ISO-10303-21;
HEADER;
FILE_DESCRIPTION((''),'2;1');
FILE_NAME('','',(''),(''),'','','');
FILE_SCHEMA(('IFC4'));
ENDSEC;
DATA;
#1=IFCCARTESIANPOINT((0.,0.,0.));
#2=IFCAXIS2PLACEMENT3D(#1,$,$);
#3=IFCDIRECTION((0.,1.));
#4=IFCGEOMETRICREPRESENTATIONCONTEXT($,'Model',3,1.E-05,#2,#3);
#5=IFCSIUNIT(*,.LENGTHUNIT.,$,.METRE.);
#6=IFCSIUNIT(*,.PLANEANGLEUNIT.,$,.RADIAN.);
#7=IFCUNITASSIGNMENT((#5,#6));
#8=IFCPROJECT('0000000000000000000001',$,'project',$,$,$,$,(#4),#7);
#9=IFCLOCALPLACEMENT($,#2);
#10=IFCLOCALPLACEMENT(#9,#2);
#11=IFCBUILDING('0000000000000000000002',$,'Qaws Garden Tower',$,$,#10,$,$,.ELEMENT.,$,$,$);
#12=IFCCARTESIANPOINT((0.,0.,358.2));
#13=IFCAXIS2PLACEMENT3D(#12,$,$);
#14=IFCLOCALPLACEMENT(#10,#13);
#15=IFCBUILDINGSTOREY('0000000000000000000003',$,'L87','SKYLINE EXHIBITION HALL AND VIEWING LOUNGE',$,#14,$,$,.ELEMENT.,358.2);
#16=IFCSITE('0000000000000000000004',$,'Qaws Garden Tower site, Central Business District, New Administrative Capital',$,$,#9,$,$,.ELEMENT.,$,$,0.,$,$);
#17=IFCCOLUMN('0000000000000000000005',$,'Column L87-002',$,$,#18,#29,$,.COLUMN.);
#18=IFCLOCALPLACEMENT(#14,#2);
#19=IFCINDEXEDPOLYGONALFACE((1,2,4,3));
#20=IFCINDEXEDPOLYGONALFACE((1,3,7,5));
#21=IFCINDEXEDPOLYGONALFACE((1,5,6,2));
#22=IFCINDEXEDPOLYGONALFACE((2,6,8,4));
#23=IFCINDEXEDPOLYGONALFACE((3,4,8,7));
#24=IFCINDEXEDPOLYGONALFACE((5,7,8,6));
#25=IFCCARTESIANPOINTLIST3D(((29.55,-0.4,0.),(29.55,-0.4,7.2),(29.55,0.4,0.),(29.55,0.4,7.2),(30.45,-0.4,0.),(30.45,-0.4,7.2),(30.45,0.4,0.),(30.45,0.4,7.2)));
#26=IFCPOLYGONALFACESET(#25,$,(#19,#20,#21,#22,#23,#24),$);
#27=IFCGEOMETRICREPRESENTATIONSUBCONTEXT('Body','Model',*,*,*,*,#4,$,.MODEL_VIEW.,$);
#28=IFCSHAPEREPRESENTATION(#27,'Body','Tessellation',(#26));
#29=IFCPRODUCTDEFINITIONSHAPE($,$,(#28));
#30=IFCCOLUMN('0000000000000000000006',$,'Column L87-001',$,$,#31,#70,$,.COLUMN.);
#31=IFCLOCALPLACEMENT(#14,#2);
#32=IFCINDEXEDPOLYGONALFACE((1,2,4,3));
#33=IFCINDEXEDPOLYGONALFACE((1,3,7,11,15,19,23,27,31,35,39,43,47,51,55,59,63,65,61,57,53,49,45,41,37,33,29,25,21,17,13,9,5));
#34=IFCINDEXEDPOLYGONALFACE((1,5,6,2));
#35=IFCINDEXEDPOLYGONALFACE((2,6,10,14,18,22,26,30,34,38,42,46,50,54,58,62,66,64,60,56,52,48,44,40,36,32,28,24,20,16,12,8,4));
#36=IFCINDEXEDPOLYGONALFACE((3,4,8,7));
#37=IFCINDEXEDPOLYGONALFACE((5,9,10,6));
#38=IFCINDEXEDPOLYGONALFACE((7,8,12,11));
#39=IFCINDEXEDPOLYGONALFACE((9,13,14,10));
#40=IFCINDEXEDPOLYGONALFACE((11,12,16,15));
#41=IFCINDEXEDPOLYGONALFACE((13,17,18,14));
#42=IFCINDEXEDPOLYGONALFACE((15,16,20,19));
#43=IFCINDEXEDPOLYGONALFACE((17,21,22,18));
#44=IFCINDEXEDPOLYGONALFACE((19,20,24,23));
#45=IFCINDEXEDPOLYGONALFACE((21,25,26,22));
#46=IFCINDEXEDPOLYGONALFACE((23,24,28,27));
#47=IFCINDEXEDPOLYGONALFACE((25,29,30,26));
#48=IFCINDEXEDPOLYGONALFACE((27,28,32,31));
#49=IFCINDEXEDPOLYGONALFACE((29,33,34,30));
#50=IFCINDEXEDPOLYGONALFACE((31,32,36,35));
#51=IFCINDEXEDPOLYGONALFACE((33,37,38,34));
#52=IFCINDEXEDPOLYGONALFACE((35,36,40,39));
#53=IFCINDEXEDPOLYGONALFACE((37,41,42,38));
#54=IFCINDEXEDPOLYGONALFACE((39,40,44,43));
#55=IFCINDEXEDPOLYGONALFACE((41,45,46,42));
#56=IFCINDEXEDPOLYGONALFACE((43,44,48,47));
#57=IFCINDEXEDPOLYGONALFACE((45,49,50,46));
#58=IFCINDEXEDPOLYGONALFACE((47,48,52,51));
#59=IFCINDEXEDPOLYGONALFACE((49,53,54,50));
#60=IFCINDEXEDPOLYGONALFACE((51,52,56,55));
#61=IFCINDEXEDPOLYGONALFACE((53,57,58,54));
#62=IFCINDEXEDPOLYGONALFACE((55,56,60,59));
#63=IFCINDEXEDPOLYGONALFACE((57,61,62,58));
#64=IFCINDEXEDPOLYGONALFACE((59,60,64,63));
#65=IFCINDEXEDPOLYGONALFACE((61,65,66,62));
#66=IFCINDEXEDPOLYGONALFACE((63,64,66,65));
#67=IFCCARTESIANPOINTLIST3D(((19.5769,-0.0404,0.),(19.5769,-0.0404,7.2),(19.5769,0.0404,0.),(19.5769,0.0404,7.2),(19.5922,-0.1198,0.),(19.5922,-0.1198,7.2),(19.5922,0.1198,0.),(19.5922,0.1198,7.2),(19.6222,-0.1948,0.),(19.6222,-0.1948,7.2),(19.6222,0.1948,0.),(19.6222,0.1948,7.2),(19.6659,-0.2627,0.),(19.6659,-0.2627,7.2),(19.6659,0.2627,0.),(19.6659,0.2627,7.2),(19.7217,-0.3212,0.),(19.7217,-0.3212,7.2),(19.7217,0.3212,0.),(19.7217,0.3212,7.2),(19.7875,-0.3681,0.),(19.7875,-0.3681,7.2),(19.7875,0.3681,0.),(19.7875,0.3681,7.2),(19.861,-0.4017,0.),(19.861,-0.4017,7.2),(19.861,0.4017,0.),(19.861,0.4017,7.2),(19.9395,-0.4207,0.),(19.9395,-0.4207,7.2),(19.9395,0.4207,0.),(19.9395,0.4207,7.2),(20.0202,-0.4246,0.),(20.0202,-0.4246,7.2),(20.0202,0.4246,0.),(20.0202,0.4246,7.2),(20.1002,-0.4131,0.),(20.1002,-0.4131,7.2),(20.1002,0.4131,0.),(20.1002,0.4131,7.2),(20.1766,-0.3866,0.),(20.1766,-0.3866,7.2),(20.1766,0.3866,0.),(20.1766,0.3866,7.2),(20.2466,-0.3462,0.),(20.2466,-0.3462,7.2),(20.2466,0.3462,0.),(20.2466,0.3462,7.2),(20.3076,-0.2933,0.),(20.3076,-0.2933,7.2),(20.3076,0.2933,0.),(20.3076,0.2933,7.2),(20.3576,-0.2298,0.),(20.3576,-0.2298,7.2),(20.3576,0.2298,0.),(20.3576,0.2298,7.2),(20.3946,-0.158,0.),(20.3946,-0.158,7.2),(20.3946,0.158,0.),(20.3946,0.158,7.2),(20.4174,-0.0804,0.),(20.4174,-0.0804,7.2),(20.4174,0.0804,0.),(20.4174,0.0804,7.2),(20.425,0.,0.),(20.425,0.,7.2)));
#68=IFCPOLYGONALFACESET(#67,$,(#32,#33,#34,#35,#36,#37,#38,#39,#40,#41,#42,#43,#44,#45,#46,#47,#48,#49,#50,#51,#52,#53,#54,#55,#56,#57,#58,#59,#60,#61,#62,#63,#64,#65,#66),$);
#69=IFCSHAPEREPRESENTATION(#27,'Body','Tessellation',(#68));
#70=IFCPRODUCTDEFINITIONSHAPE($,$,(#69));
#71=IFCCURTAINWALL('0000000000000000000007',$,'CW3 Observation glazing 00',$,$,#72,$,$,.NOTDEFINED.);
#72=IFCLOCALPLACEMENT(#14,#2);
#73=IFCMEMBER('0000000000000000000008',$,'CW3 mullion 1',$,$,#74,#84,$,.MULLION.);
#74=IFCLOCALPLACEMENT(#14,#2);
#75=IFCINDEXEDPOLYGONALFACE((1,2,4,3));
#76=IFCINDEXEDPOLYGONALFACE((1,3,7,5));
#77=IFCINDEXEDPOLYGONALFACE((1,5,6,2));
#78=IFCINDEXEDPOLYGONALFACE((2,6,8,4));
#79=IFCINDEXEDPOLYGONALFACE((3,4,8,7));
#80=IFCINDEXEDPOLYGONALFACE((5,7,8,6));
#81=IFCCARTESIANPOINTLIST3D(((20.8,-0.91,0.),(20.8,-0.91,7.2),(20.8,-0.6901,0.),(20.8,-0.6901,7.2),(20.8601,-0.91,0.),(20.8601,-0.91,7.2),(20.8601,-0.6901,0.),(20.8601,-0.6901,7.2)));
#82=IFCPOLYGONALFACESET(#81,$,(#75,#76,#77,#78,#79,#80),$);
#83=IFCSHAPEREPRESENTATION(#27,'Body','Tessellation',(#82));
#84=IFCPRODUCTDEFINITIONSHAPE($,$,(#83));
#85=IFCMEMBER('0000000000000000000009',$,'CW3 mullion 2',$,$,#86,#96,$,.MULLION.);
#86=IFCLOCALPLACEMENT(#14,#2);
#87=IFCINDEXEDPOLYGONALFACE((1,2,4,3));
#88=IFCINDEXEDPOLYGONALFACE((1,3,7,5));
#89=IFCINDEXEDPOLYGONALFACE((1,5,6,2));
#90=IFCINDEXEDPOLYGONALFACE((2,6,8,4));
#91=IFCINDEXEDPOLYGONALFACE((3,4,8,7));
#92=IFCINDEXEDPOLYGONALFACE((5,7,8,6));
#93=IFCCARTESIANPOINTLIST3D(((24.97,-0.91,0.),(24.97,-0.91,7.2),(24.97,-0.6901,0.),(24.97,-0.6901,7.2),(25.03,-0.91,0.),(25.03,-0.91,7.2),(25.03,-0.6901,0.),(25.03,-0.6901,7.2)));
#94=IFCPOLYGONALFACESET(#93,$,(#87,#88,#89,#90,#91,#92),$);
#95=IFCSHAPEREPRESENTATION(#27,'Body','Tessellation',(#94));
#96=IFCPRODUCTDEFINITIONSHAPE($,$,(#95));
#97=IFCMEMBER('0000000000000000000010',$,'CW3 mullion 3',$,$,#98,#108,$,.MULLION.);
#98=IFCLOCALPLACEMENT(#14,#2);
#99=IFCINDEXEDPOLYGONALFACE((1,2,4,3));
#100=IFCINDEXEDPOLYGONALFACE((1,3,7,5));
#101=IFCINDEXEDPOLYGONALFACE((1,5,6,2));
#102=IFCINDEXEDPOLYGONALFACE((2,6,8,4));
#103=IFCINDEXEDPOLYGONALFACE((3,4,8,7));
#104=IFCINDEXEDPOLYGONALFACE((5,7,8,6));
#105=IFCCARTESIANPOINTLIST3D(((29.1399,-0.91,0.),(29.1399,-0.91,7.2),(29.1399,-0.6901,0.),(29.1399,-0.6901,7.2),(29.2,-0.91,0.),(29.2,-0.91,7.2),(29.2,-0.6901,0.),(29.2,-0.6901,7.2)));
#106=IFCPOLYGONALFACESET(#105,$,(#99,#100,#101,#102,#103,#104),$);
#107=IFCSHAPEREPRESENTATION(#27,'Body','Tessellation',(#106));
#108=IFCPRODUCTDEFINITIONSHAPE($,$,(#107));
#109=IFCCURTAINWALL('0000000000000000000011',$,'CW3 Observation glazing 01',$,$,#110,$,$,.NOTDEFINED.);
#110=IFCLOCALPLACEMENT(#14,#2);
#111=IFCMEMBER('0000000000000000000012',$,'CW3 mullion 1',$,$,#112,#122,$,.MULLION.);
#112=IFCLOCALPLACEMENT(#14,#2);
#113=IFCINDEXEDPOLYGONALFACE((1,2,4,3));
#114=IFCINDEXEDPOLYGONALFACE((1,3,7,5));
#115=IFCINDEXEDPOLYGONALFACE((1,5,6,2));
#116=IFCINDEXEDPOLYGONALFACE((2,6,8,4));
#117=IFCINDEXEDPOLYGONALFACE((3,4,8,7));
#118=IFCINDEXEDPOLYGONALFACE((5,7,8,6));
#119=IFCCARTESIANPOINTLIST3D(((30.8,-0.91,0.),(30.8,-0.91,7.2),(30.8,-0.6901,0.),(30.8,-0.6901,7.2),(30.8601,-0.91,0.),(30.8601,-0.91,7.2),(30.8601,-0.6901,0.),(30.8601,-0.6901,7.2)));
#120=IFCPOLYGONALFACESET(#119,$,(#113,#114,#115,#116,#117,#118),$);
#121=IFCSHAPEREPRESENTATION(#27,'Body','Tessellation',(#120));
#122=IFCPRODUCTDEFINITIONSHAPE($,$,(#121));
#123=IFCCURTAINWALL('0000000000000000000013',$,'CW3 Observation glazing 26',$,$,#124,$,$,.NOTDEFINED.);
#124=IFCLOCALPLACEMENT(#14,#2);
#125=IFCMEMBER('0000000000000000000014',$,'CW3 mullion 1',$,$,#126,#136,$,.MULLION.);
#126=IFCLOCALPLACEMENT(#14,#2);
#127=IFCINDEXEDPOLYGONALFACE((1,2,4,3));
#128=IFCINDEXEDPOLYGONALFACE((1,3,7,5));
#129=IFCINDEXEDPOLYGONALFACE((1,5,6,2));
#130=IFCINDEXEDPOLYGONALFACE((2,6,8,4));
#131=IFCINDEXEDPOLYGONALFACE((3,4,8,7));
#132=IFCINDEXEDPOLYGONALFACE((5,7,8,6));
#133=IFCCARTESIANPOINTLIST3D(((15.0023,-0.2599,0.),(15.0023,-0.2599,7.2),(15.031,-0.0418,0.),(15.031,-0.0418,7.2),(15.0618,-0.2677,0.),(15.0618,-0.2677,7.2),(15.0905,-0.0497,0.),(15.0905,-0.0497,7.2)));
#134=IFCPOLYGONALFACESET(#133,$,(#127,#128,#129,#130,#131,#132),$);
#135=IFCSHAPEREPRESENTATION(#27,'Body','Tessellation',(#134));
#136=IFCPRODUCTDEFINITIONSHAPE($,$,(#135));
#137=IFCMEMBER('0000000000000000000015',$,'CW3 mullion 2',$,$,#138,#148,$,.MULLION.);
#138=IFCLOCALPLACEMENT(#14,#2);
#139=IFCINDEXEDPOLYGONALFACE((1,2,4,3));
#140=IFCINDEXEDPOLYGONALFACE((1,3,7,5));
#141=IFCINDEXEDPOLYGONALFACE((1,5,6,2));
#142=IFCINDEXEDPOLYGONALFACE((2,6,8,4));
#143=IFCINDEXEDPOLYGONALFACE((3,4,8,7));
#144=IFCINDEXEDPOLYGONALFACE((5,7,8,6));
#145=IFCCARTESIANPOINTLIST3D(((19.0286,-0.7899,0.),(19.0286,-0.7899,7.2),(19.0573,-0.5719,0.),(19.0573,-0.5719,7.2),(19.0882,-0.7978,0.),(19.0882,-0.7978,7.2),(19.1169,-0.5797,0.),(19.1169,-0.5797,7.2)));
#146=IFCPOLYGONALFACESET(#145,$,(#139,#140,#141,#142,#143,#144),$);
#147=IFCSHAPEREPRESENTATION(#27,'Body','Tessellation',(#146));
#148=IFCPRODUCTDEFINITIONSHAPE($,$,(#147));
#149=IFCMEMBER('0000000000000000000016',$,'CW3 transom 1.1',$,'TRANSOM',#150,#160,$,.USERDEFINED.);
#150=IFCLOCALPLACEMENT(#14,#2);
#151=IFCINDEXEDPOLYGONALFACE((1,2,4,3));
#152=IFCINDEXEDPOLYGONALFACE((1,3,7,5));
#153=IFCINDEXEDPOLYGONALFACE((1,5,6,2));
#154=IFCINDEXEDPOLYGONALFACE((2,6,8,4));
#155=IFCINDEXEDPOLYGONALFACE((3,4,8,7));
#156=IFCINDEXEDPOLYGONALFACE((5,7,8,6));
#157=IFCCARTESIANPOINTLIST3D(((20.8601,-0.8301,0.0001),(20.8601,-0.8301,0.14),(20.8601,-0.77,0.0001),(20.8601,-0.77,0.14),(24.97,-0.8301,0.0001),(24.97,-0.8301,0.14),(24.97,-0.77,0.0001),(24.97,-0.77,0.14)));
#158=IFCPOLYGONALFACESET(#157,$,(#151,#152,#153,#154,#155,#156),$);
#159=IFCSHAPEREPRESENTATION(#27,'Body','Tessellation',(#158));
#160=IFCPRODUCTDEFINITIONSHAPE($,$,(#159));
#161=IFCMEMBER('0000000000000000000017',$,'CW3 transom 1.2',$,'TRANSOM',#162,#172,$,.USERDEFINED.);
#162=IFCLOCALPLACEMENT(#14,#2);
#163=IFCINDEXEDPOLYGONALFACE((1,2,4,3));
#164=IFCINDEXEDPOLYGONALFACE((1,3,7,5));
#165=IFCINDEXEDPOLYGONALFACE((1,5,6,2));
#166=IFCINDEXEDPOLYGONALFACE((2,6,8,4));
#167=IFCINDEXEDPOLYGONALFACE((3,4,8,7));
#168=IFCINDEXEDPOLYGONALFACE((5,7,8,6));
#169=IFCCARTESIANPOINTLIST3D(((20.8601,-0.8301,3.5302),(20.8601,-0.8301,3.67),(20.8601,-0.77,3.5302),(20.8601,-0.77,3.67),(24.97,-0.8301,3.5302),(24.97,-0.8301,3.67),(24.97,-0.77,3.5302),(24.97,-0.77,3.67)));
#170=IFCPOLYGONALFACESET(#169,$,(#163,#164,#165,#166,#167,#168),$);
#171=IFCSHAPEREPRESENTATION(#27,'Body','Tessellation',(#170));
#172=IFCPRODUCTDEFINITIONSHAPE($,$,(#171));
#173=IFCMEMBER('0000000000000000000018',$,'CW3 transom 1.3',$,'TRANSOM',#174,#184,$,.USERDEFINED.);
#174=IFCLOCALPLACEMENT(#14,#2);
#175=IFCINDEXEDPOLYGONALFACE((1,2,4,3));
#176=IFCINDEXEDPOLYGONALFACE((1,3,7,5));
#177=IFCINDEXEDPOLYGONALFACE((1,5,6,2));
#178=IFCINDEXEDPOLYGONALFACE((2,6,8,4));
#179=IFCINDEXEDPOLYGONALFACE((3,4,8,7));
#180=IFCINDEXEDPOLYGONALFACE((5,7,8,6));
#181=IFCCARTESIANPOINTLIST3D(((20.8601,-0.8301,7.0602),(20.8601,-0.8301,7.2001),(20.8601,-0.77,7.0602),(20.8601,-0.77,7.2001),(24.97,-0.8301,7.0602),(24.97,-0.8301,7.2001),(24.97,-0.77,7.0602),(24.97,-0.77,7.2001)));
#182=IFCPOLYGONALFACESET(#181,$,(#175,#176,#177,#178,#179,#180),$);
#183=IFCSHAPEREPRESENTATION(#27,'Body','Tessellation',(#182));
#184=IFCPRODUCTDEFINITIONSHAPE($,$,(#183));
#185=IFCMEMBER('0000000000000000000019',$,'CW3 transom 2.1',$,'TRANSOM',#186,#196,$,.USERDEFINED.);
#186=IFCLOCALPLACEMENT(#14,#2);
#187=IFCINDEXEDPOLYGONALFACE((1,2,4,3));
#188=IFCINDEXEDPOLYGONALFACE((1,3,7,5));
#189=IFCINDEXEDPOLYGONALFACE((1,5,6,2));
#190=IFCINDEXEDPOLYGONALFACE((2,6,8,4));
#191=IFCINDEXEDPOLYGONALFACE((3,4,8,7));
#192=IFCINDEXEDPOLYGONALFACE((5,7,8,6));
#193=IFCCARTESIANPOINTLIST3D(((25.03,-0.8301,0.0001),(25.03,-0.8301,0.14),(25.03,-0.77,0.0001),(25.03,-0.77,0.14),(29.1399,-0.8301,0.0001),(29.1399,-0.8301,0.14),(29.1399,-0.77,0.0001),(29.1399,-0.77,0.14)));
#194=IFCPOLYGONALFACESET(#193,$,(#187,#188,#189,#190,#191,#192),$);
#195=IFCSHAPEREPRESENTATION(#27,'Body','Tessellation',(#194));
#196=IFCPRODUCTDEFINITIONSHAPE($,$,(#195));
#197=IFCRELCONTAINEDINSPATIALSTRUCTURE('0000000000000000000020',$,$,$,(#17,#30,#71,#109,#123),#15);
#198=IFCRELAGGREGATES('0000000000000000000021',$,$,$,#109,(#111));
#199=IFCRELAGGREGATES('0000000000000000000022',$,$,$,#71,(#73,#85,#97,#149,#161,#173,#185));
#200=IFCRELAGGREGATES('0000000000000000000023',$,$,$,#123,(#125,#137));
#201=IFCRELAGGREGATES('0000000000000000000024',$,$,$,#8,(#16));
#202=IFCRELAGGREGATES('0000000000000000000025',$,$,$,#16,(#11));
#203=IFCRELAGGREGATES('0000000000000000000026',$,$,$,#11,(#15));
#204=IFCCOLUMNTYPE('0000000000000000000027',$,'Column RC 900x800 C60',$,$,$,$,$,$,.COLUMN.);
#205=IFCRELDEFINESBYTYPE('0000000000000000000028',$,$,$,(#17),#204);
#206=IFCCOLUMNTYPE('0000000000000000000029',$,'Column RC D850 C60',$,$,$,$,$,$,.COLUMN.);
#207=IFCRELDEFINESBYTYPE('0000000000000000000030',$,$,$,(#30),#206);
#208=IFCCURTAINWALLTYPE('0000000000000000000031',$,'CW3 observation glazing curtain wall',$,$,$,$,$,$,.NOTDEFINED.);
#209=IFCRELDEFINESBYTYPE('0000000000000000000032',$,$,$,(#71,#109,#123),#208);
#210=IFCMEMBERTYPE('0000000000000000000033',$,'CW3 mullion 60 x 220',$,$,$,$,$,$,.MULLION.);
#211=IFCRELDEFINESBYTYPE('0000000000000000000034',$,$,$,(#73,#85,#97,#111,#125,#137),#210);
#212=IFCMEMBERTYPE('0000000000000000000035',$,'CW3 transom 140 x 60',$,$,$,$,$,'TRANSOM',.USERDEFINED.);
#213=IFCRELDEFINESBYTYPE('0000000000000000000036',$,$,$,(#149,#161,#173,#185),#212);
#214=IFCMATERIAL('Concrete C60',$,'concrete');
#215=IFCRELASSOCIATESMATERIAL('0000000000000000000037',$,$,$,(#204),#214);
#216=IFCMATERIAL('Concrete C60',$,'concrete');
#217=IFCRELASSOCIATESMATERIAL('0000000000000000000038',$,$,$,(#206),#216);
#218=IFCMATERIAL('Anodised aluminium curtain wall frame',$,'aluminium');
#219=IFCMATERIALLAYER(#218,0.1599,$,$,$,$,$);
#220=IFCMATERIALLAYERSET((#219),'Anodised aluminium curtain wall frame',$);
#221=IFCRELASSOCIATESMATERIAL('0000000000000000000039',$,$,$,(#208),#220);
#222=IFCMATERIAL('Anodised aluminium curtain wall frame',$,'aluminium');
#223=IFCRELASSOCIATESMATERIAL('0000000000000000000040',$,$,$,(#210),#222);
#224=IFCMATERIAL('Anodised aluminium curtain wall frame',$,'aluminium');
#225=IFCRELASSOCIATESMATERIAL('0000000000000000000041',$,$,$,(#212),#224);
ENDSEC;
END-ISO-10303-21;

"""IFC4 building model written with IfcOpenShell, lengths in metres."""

from ifc_helpers import new_model, si_unit, direction, frame, origin, origin_2d, place, context, subcontext, project, spatial, rectangle, circle, extrude, material, layer, layer_set, material_profile, profile_set, type_object, element, aggregate, save


model = new_model("IFC4")

# Units and contexts
model_context = context("Model", 3, precision=1e-05, world=origin(), true_north=direction((0.0, 1.0)))
body_context = subcontext(model_context, "Body", "Model", "MODEL_VIEW")
ifc_project = project(units=[si_unit("LENGTHUNIT", "METRE"), si_unit("PLANEANGLEUNIT", "RADIAN")], contexts=[model_context])

# Site, building, storey
site_placement = place(None, origin())
site = spatial("IfcSite", under=ifc_project, at=site_placement, Name="Qaws Garden Tower site, Central Business District, New Administrative Capital", CompositionType="ELEMENT", RefElevation=0.0)
building_placement = place(site_placement, origin())
building = spatial("IfcBuilding", under=site, at=building_placement, Name="Qaws Garden Tower", CompositionType="ELEMENT")
storey_placement = place(building_placement, frame((0.0, 0.0, 358.2)))
storey = spatial("IfcBuildingStorey", under=building, at=storey_placement, Name="L87", Description="SKYLINE EXHIBITION HALL AND VIEWING LOUNGE", CompositionType="ELEMENT", Elevation=358.2)

# Columns
ifc_material_1 = material(Name="Concrete C60", Category="concrete")
ifc_material_profile_1 = material_profile(ifc_material_1, rectangle(XDim=0.8999, YDim=0.8, at=origin_2d()), Name="RC 900x800")
ifc_profile_set_1 = profile_set([ifc_material_profile_1], Name="Concrete C60")
column_type_1 = type_object("IfcColumnType", Name="Column RC 900x800 C60", PredefinedType="COLUMN", material=ifc_profile_set_1)
column_1_placement = place(storey_placement, frame((30.0, 0.0, 0.0), z_axis=(0.0, 0.0, 1.0), x_axis=(1.0, 0.0, 0.0)))
element("IfcColumn", 1, at=column_1_placement, inside=storey, type_object=column_type_1, Name="Column L87-002", PredefinedType="COLUMN", context=body_context, shape_type="SweptSolid", body=[
    extrude(rectangle(XDim=0.8999, YDim=0.8, at=origin_2d()), origin(), (0.0, 0.0, 1.0), 7.2),
])
ifc_material_2 = material(Name="Concrete C60", Category="concrete")
ifc_material_profile_2 = material_profile(ifc_material_2, circle(Radius=0.425, at=origin_2d()), Name="RC D850")
ifc_profile_set_2 = profile_set([ifc_material_profile_2], Name="Concrete C60")
column_type_2 = type_object("IfcColumnType", Name="Column RC D850 C60", PredefinedType="COLUMN", material=ifc_profile_set_2)
column_2_placement = place(storey_placement, frame((20.0, 0.0, 0.0), z_axis=(0.0, 0.0, 1.0), x_axis=(1.0, 0.0, 0.0)))
element("IfcColumn", 2, at=column_2_placement, inside=storey, type_object=column_type_2, Name="Column L87-001", PredefinedType="COLUMN", context=body_context, shape_type="SweptSolid", body=[
    extrude(circle(Radius=0.425, at=origin_2d()), origin(), (0.0, 0.0, 1.0), 7.2),
])

# Curtain wall, members
ifc_material_3 = material(Name="Anodised aluminium curtain wall frame", Category="aluminium")
ifc_layer_1 = layer(ifc_material_3, 0.1599)
ifc_layer_set_1 = layer_set([ifc_layer_1], Name="Anodised aluminium curtain wall frame")
curtain_wall_type = type_object("IfcCurtainWallType", Name="CW3 observation glazing curtain wall", PredefinedType="NOTDEFINED", material=ifc_layer_set_1)
placement = place(storey_placement, origin())
curtain_wall_1 = element("IfcCurtainWall", 3, at=placement, inside=storey, type_object=curtain_wall_type, Name="CW3 Observation glazing 00", PredefinedType="NOTDEFINED")
ifc_material_4 = material(Name="Anodised aluminium curtain wall frame", Category="aluminium")
ifc_material_profile_3 = material_profile(ifc_material_4, rectangle(XDim=0.22, YDim=0.0601, at=origin_2d()), Name="AL 60x220")
ifc_profile_set_3 = profile_set([ifc_material_profile_3], Name="Anodised aluminium curtain wall frame")
member_type_1 = type_object("IfcMemberType", Name="CW3 mullion 60 x 220", PredefinedType="MULLION", material=ifc_profile_set_3)
member_1_placement = place(storey_placement, frame((20.8301, -0.8, 0.0), z_axis=(0.0, 0.0, 1.0), x_axis=(0.0, 1.0, 0.0)))
member_1 = element("IfcMember", 4, at=member_1_placement, type_object=member_type_1, Name="CW3 mullion 1", PredefinedType="MULLION", context=body_context, shape_type="SweptSolid", body=[
    extrude(rectangle(XDim=0.22, YDim=0.0601, at=origin_2d()), origin(), (0.0, 0.0, 1.0), 7.2),
])
member_2_placement = place(storey_placement, frame((25.0, -0.8, 0.0), z_axis=(0.0, 0.0, 1.0), x_axis=(0.0, 1.0, 0.0)))
member_2 = element("IfcMember", 5, at=member_2_placement, type_object=member_type_1, Name="CW3 mullion 2", PredefinedType="MULLION", context=body_context, shape_type="SweptSolid", body=[
    extrude(rectangle(XDim=0.22, YDim=0.0601, at=origin_2d()), origin(), (0.0, 0.0, 1.0), 7.2),
])
member_3_placement = place(storey_placement, frame((29.1699, -0.8, 0.0), z_axis=(0.0, 0.0, 1.0), x_axis=(0.0, 1.0, 0.0)))
member_3 = element("IfcMember", 6, at=member_3_placement, type_object=member_type_1, Name="CW3 mullion 3", PredefinedType="MULLION", context=body_context, shape_type="SweptSolid", body=[
    extrude(rectangle(XDim=0.22, YDim=0.0601, at=origin_2d()), origin(), (0.0, 0.0, 1.0), 7.2),
])

# Curtain wall, member
curtain_wall_2 = element("IfcCurtainWall", 7, at=placement, inside=storey, type_object=curtain_wall_type, Name="CW3 Observation glazing 01", PredefinedType="NOTDEFINED")
member_4_placement = place(storey_placement, frame((30.8301, -0.8, 0.0), z_axis=(0.0, 0.0, 1.0), x_axis=(0.0, 1.0, 0.0)))
member_4 = element("IfcMember", 8, at=member_4_placement, type_object=member_type_1, Name="CW3 mullion 1", PredefinedType="MULLION", context=body_context, shape_type="SweptSolid", body=[
    extrude(rectangle(XDim=0.22, YDim=0.0601, at=origin_2d()), origin(), (0.0, 0.0, 1.0), 7.2),
])

# Curtain wall, members
curtain_wall_3 = element("IfcCurtainWall", 9, at=placement, inside=storey, type_object=curtain_wall_type, Name="CW3 Observation glazing 26", PredefinedType="NOTDEFINED")
member_5_placement = place(storey_placement, frame((15.0464, -0.1548, 0.0), z_axis=(0.0, 0.0, 1.0), x_axis=(0.130526, 0.991445, 0.0)))
member_5 = element("IfcMember", 10, at=member_5_placement, type_object=member_type_1, Name="CW3 mullion 1", PredefinedType="MULLION", context=body_context, shape_type="SweptSolid", body=[
    extrude(rectangle(XDim=0.22, YDim=0.0601, at=origin_2d()), origin(), (0.0, 0.0, 1.0), 7.2),
])
member_6_placement = place(storey_placement, frame((19.0728, -0.6848, 0.0), z_axis=(0.0, 0.0, 1.0), x_axis=(0.130526, 0.991445, 0.0)))
member_6 = element("IfcMember", 11, at=member_6_placement, type_object=member_type_1, Name="CW3 mullion 2", PredefinedType="MULLION", context=body_context, shape_type="SweptSolid", body=[
    extrude(rectangle(XDim=0.22, YDim=0.0601, at=origin_2d()), origin(), (0.0, 0.0, 1.0), 7.2),
])

# Members
ifc_material_5 = material(Name="Anodised aluminium curtain wall frame", Category="aluminium")
ifc_material_profile_4 = material_profile(ifc_material_5, rectangle(XDim=0.0601, YDim=0.1399, at=origin_2d()), Name="AL 60x140")
ifc_profile_set_4 = profile_set([ifc_material_profile_4], Name="Anodised aluminium curtain wall frame")
member_type_2 = type_object("IfcMemberType", Name="CW3 transom 140 x 60", ElementType="TRANSOM", PredefinedType="USERDEFINED", material=ifc_profile_set_4)
member_7_placement = place(storey_placement, frame((20.8601, -0.8, 0.0701), z_axis=(1.0, 0.0, 0.0), x_axis=(0.0, 1.0, 0.0)))
member_7 = element("IfcMember", 12, at=member_7_placement, type_object=member_type_2, Name="CW3 transom 1.1", ObjectType="TRANSOM", PredefinedType="USERDEFINED", context=body_context, shape_type="SweptSolid", body=[
    extrude(rectangle(XDim=0.0601, YDim=0.1399, at=origin_2d()), origin(), (0.0, 0.0, 1.0), 4.1099),
])
member_8_placement = place(storey_placement, frame((20.8601, -0.8, 3.6001), z_axis=(1.0, 0.0, 0.0), x_axis=(0.0, 1.0, 0.0)))
member_8 = element("IfcMember", 13, at=member_8_placement, type_object=member_type_2, Name="CW3 transom 1.2", ObjectType="TRANSOM", PredefinedType="USERDEFINED", context=body_context, shape_type="SweptSolid", body=[
    extrude(rectangle(XDim=0.0601, YDim=0.1399, at=origin_2d()), origin(), (0.0, 0.0, 1.0), 4.1099),
])
member_9_placement = place(storey_placement, frame((20.8601, -0.8, 7.1301), z_axis=(1.0, 0.0, 0.0), x_axis=(0.0, 1.0, 0.0)))
member_9 = element("IfcMember", 14, at=member_9_placement, type_object=member_type_2, Name="CW3 transom 1.3", ObjectType="TRANSOM", PredefinedType="USERDEFINED", context=body_context, shape_type="SweptSolid", body=[
    extrude(rectangle(XDim=0.0601, YDim=0.1399, at=origin_2d()), origin(), (0.0, 0.0, 1.0), 4.1099),
])
member_10_placement = place(storey_placement, frame((25.03, -0.8, 0.0701), z_axis=(1.0, 0.0, 0.0), x_axis=(0.0, 1.0, 0.0)))
member_10 = element("IfcMember", 15, at=member_10_placement, type_object=member_type_2, Name="CW3 transom 2.1", ObjectType="TRANSOM", PredefinedType="USERDEFINED", context=body_context, shape_type="SweptSolid", body=[
    extrude(rectangle(XDim=0.0601, YDim=0.1399, at=origin_2d()), origin(), (0.0, 0.0, 1.0), 4.1099),
])
aggregate(curtain_wall_2, [member_4])

aggregate(curtain_wall_1, [member_1, member_2, member_3, member_7, member_8, member_9, member_10])
aggregate(curtain_wall_3, [member_5, member_6])

save(model, "model.ifc")
